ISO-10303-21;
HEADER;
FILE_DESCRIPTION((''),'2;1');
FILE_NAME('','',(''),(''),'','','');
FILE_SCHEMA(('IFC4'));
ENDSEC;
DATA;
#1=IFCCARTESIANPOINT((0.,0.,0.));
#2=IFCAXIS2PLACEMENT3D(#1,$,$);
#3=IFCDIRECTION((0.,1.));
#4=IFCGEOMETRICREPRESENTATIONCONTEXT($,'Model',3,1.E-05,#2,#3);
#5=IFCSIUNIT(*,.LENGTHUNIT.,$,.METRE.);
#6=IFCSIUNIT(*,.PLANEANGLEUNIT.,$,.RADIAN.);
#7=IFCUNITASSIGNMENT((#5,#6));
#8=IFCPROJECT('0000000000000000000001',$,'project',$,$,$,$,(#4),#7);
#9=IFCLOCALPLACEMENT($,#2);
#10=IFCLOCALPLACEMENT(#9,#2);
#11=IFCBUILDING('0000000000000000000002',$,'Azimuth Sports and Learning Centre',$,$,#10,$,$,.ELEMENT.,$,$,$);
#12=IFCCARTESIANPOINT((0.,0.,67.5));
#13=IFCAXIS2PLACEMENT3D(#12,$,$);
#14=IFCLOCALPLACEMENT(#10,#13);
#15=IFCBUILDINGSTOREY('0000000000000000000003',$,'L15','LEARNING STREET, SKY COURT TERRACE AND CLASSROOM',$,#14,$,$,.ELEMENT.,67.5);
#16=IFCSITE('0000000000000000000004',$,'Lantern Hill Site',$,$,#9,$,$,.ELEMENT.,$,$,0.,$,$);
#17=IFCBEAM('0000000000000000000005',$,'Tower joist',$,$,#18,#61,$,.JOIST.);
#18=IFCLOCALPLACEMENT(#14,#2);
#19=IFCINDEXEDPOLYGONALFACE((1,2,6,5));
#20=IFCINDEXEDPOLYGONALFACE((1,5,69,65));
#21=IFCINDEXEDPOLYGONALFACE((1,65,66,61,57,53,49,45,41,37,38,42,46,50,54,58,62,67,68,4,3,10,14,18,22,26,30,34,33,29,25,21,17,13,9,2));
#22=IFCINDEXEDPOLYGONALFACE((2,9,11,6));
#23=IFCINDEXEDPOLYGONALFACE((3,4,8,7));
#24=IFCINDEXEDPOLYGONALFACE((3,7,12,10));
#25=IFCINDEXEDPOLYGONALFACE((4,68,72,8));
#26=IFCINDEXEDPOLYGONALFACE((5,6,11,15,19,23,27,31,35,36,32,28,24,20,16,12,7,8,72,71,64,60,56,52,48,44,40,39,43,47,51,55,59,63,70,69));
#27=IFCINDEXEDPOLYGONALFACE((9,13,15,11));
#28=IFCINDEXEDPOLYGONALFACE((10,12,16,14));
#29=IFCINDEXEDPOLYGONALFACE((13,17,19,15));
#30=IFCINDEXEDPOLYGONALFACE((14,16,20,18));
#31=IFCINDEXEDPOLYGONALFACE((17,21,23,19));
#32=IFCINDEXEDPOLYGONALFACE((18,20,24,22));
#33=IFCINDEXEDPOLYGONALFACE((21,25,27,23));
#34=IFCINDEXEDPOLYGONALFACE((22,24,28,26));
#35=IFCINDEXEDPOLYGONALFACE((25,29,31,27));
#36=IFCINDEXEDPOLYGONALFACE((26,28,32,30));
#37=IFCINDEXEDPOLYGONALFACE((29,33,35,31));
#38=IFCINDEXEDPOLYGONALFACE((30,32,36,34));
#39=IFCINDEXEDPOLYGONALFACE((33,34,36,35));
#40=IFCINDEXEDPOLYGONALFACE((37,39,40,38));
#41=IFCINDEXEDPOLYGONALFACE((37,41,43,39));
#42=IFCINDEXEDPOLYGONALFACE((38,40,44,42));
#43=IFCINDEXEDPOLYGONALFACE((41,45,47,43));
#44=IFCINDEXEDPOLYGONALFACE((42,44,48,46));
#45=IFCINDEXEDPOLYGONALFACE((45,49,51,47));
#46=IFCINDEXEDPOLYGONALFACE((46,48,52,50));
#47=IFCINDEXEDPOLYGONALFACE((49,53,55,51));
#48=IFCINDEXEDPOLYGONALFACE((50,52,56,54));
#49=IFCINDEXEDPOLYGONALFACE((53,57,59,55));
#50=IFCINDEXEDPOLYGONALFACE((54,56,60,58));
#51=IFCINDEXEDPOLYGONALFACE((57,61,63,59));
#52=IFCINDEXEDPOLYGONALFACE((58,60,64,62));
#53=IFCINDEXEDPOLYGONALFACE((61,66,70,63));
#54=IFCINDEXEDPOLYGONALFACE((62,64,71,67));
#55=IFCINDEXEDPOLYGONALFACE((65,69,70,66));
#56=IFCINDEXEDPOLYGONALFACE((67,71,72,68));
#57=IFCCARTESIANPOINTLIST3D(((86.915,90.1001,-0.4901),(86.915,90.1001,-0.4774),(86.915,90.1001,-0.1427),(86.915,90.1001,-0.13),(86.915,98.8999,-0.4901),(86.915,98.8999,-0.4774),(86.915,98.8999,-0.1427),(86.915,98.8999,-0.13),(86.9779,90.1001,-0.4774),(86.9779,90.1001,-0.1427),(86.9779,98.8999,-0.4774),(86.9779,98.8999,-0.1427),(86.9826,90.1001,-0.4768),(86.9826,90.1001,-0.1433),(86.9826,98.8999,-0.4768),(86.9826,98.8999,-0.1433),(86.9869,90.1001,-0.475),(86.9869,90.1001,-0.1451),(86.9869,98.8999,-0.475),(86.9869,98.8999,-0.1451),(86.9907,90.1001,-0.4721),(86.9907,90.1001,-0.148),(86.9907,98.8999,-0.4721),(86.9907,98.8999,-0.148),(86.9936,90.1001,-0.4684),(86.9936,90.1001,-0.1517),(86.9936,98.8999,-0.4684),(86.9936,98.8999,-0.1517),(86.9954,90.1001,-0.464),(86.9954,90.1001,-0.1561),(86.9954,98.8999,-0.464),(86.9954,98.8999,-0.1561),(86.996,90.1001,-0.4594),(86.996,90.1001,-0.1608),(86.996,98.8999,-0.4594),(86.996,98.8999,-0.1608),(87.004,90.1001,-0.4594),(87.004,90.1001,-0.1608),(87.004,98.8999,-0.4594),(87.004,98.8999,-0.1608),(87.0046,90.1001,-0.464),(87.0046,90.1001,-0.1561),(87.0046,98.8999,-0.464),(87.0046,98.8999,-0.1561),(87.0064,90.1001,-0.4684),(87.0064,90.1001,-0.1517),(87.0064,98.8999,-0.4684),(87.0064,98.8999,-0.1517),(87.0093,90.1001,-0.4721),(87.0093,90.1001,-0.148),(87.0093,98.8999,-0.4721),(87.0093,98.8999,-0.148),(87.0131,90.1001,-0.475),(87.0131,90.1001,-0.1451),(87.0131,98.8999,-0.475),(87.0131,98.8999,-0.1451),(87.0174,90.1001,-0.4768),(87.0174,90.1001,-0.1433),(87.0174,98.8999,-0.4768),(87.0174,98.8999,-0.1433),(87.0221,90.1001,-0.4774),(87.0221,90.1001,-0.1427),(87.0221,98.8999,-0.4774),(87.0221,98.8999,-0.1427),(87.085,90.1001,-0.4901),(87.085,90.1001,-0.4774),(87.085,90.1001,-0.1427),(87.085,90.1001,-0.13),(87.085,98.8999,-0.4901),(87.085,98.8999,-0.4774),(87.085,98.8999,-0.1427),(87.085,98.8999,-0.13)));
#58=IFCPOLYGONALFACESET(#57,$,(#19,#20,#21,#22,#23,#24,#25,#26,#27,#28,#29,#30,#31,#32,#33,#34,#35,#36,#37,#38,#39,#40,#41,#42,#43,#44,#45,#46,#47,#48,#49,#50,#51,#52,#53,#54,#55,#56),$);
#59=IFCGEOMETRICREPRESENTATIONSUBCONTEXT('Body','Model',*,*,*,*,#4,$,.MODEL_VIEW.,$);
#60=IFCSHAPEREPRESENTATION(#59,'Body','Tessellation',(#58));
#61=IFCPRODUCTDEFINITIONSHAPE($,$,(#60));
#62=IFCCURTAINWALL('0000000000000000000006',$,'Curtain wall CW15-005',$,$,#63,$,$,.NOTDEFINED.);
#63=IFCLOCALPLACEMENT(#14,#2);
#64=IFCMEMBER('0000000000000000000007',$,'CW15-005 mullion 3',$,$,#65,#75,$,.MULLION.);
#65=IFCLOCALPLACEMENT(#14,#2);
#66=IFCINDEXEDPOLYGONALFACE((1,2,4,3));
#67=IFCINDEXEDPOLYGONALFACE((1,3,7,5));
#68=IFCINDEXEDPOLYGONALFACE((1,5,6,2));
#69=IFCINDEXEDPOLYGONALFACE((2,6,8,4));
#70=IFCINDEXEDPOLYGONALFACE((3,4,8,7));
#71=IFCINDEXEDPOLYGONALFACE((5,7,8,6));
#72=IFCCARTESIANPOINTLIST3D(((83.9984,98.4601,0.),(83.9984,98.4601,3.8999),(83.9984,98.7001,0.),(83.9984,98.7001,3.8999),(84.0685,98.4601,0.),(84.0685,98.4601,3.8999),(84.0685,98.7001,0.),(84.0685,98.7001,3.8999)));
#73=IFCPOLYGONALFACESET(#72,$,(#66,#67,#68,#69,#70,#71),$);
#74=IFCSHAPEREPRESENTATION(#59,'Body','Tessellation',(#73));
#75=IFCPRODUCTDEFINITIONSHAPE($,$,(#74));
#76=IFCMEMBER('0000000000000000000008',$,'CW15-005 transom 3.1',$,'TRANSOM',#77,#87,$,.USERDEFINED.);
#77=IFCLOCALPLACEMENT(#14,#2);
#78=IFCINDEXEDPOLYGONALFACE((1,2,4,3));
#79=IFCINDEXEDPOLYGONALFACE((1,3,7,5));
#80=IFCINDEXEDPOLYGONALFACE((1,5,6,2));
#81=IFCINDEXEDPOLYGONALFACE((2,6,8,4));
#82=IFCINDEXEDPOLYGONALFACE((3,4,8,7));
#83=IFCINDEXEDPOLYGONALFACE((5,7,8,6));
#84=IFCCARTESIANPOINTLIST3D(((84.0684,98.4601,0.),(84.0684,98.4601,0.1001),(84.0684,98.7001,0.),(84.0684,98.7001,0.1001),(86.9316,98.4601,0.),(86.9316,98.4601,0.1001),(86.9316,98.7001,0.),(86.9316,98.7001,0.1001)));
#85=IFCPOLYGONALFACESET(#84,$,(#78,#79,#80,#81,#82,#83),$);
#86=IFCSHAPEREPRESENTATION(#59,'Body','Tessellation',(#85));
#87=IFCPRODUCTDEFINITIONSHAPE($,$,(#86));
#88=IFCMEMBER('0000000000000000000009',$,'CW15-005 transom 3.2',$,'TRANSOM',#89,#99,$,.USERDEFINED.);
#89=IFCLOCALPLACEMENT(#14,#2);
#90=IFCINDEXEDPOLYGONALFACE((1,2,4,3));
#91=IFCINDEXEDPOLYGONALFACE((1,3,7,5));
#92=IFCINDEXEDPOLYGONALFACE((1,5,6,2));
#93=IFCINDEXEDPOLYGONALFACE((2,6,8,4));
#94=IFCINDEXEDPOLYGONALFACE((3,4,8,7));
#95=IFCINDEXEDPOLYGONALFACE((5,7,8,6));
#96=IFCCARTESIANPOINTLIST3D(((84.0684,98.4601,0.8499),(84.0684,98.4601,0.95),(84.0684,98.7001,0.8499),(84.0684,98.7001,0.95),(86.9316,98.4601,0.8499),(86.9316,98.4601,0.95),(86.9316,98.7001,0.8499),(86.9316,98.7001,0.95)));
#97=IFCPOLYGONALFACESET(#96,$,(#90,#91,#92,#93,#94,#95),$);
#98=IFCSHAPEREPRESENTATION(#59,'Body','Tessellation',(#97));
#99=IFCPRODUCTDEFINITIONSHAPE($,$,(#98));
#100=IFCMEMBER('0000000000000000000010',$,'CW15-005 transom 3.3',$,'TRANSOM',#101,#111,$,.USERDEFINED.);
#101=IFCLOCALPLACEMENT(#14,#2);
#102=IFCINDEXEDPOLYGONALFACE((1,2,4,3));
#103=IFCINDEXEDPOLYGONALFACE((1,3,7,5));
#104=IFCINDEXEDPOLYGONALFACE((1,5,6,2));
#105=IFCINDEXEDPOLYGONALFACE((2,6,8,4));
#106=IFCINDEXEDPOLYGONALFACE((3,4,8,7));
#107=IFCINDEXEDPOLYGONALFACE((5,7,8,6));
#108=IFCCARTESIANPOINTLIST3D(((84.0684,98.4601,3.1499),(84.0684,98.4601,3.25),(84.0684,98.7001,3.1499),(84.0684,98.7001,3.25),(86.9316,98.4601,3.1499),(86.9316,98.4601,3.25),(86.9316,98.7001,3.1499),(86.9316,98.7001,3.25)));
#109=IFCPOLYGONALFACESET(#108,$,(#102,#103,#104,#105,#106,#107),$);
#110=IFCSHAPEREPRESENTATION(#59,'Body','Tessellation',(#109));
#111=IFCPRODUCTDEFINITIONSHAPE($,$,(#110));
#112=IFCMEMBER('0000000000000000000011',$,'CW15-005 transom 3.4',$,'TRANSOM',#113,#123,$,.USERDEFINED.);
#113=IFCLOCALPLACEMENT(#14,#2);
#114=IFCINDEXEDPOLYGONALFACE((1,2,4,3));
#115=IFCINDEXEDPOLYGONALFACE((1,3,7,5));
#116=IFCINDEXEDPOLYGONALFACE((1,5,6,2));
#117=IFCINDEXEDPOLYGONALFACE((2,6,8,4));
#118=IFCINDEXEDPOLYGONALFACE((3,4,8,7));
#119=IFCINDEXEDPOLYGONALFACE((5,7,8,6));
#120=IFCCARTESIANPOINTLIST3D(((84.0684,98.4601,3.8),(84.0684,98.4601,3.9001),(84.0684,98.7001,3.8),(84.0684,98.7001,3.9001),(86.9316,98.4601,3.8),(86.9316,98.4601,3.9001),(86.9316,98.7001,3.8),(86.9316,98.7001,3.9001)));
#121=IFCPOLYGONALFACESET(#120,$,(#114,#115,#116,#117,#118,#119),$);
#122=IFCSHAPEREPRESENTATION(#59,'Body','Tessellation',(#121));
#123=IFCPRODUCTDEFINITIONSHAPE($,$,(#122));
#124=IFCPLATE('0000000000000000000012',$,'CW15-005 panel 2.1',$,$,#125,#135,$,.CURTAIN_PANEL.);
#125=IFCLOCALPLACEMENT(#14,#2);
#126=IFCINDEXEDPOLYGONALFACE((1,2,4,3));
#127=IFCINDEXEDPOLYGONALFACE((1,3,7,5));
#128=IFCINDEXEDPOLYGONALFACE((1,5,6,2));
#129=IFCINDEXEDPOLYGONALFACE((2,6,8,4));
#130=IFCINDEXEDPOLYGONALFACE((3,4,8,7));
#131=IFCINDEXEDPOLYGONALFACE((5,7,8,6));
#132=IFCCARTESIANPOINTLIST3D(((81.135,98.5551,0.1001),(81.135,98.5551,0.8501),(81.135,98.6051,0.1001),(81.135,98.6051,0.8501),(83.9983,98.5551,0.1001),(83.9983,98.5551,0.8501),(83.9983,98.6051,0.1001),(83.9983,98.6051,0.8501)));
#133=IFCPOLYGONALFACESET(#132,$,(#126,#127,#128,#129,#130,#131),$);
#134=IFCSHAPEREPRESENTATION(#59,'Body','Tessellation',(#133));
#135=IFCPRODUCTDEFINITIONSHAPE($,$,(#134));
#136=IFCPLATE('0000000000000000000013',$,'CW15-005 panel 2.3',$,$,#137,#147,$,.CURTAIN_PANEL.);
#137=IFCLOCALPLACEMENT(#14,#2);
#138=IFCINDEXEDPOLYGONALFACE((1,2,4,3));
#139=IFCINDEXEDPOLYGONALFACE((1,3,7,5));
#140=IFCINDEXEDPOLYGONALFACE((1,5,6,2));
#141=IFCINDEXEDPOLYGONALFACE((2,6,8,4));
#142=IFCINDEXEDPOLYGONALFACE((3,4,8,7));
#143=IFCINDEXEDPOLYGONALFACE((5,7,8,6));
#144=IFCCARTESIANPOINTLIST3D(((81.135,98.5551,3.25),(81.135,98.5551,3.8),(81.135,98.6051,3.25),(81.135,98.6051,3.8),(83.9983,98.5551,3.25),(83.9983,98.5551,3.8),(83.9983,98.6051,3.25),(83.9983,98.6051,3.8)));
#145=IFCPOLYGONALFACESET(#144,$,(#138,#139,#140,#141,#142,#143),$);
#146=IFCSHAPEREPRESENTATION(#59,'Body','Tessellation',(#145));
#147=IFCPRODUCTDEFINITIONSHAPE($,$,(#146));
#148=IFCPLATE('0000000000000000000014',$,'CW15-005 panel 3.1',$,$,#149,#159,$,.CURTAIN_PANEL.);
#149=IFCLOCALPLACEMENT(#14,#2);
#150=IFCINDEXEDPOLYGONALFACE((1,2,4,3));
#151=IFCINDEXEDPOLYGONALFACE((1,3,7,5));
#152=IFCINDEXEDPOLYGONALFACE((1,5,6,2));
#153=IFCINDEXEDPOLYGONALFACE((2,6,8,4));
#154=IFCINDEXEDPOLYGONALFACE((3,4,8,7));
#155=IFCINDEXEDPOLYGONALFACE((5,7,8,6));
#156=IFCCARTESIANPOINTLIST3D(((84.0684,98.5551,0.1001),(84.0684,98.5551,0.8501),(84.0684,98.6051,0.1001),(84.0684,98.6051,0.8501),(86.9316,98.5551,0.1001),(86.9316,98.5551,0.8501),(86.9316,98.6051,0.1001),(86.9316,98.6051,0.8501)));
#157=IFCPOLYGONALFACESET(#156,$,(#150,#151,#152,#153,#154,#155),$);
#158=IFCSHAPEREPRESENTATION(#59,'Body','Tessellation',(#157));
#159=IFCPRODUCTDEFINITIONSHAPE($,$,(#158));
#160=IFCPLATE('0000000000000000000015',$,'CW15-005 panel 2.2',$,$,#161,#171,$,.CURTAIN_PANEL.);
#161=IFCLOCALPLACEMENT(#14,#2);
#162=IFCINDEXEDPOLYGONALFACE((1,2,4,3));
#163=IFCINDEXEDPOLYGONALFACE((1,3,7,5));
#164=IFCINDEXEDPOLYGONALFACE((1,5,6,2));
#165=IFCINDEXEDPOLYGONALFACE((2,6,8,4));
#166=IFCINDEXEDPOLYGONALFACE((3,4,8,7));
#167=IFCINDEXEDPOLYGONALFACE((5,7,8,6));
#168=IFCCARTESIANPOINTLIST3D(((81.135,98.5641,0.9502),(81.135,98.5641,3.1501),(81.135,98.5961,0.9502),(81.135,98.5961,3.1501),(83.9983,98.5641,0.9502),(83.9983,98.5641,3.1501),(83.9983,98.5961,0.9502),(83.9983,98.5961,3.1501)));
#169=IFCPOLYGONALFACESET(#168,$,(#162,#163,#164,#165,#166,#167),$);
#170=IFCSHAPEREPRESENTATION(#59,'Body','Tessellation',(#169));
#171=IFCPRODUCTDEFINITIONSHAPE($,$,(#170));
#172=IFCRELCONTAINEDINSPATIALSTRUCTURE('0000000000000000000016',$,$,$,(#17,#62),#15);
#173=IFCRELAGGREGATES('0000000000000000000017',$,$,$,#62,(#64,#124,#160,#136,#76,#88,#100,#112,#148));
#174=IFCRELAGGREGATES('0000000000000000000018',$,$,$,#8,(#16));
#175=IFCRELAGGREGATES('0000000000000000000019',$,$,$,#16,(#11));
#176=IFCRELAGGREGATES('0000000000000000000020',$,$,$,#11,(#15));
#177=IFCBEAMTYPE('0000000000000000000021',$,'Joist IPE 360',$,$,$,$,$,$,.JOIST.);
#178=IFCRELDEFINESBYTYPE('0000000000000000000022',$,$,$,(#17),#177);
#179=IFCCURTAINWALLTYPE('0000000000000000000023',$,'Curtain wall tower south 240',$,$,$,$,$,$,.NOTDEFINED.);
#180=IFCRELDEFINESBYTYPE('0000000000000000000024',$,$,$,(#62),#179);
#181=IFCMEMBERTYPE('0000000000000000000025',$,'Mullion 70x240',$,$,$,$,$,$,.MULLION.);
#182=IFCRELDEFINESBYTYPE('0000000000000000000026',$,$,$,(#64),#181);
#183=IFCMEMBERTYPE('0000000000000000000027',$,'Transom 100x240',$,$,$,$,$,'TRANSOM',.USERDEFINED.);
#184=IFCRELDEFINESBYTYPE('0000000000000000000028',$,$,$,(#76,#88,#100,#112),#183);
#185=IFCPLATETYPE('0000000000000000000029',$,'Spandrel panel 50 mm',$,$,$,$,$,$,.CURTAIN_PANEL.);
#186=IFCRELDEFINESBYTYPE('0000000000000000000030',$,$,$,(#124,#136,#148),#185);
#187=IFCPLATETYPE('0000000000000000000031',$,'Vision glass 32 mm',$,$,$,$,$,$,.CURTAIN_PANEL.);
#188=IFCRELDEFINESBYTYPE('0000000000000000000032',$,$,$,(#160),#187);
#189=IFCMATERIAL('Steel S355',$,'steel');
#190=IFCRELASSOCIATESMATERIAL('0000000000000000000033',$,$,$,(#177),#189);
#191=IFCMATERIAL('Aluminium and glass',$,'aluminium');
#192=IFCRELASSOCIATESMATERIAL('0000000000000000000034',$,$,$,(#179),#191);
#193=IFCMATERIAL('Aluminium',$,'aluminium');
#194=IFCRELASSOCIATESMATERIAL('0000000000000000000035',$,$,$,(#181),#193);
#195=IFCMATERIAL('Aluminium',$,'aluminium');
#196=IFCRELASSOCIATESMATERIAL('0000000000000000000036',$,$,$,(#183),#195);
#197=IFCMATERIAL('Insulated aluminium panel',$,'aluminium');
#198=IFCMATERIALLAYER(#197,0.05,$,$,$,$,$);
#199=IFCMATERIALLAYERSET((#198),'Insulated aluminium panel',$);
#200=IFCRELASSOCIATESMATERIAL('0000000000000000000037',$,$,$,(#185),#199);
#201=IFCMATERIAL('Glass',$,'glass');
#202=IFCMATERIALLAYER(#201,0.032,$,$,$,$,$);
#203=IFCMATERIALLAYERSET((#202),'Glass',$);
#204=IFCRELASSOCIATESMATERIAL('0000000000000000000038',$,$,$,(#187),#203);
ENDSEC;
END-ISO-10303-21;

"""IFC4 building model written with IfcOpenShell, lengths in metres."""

from ifc_helpers import new_model, si_unit, direction, frame, origin, origin_2d, place, context, subcontext, project, spatial, rectangle, i_section, extrude, material, layer, layer_set, material_profile, profile_set, type_object, element, aggregate, save


model = new_model("IFC4")

# Units and contexts
model_context = context("Model", 3, precision=1e-05, world=origin(), true_north=direction((0.0, 1.0)))
body_context = subcontext(model_context, "Body", "Model", "MODEL_VIEW")
ifc_project = project(units=[si_unit("LENGTHUNIT", "METRE"), si_unit("PLANEANGLEUNIT", "RADIAN")], contexts=[model_context])

# Site, building, storey
site_placement = place(None, origin())
site = spatial("IfcSite", under=ifc_project, at=site_placement, Name="Lantern Hill Site", CompositionType="ELEMENT", RefElevation=0.0)
building_placement = place(site_placement, origin())
building = spatial("IfcBuilding", under=site, at=building_placement, Name="Azimuth Sports and Learning Centre", CompositionType="ELEMENT")
storey_placement = place(building_placement, frame((0.0, 0.0, 67.5)))
storey = spatial("IfcBuildingStorey", under=building, at=storey_placement, Name="L15", Description="LEARNING STREET, SKY COURT TERRACE AND CLASSROOM", CompositionType="ELEMENT", Elevation=67.5)

# Beam
ifc_material_1 = material(Name="Steel S355", Category="steel")
ifc_material_profile_1 = material_profile(ifc_material_1, i_section(OverallWidth=0.1699, OverallDepth=0.3601, WebThickness=0.0081, FlangeThickness=0.0127, FilletRadius=0.0181, at=origin_2d()), Name="IPE 360")
ifc_profile_set_1 = profile_set([ifc_material_profile_1], Name="Steel S355")
beam_type_1 = type_object("IfcBeamType", Name="Joist IPE 360", PredefinedType="JOIST", material=ifc_profile_set_1)
for number, where, z_axis, x_axis, name in (
    (1, (87.0, 90.1001, -0.3101), (0.0, 1.0, 0.0), (-1.0, 0.0, 0.0), "Tower joist"),
):
    element("IfcBeam", number, at=place(storey_placement, frame(where, z_axis=z_axis, x_axis=x_axis)), inside=storey, type_object=beam_type_1, Name=name, PredefinedType="JOIST", context=body_context, shape_type="SweptSolid", body=[
        extrude(i_section(OverallWidth=0.1699, OverallDepth=0.3601, WebThickness=0.0081, FlangeThickness=0.0127, FilletRadius=0.0181, at=origin_2d()), origin(), (0.0, 0.0, 1.0), 8.7998),
    ])

# Curtain wall, members, plates
ifc_material_2 = material(Name="Aluminium and glass", Category="aluminium")
curtain_wall_type = type_object("IfcCurtainWallType", Name="Curtain wall tower south 240", PredefinedType="NOTDEFINED", material=ifc_material_2)
curtain_wall_placement = place(storey_placement, origin())
curtain_wall = element("IfcCurtainWall", 2, at=curtain_wall_placement, inside=storey, type_object=curtain_wall_type, Name="Curtain wall CW15-005", PredefinedType="NOTDEFINED")
ifc_material_3 = material(Name="Aluminium", Category="aluminium")
ifc_material_profile_2 = material_profile(ifc_material_3, rectangle(XDim=0.24, YDim=0.0701, at=origin_2d()), Name="Mullion 70x240")
ifc_profile_set_2 = profile_set([ifc_material_profile_2], Name="Aluminium")
member_type_1 = type_object("IfcMemberType", Name="Mullion 70x240", PredefinedType="MULLION", material=ifc_profile_set_2)
member_1_placement = place(storey_placement, frame((84.0334, 98.5801, 0.0), z_axis=(0.0, 0.0, 1.0), x_axis=(0.0, 1.0, 0.0)))
member_1 = element("IfcMember", 3, at=member_1_placement, type_object=member_type_1, Name="CW15-005 mullion 3", PredefinedType="MULLION", context=body_context, shape_type="SweptSolid", body=[
    extrude(rectangle(XDim=0.24, YDim=0.0701, at=origin_2d()), origin(), (0.0, 0.0, 1.0), 3.8999),
])
ifc_material_4 = material(Name="Aluminium", Category="aluminium")
ifc_material_profile_3 = material_profile(ifc_material_4, rectangle(XDim=0.24, YDim=0.1001, at=origin_2d()), Name="Transom 100x240")
ifc_profile_set_3 = profile_set([ifc_material_profile_3], Name="Aluminium")
member_type_2 = type_object("IfcMemberType", Name="Transom 100x240", ElementType="TRANSOM", PredefinedType="USERDEFINED", material=ifc_profile_set_3)
member_2_placement = place(storey_placement, frame((84.0684, 98.5801, 0.05), z_axis=(1.0, 0.0, 0.0), x_axis=(0.0, 1.0, 0.0)))
member_2 = element("IfcMember", 4, at=member_2_placement, type_object=member_type_2, Name="CW15-005 transom 3.1", ObjectType="TRANSOM", PredefinedType="USERDEFINED", context=body_context, shape_type="SweptSolid", body=[
    extrude(rectangle(XDim=0.24, YDim=0.1001, at=origin_2d()), origin(), (0.0, 0.0, 1.0), 2.8633),
])
member_3_placement = place(storey_placement, frame((84.0684, 98.5801, 0.8999), z_axis=(1.0, 0.0, 0.0), x_axis=(0.0, 1.0, 0.0)))
member_3 = element("IfcMember", 5, at=member_3_placement, type_object=member_type_2, Name="CW15-005 transom 3.2", ObjectType="TRANSOM", PredefinedType="USERDEFINED", context=body_context, shape_type="SweptSolid", body=[
    extrude(rectangle(XDim=0.24, YDim=0.1001, at=origin_2d()), origin(), (0.0, 0.0, 1.0), 2.8633),
])
member_4_placement = place(storey_placement, frame((84.0684, 98.5801, 3.2), z_axis=(1.0, 0.0, 0.0), x_axis=(0.0, 1.0, 0.0)))
member_4 = element("IfcMember", 6, at=member_4_placement, type_object=member_type_2, Name="CW15-005 transom 3.3", ObjectType="TRANSOM", PredefinedType="USERDEFINED", context=body_context, shape_type="SweptSolid", body=[
    extrude(rectangle(XDim=0.24, YDim=0.1001, at=origin_2d()), origin(), (0.0, 0.0, 1.0), 2.8633),
])
member_5_placement = place(storey_placement, frame((84.0684, 98.5801, 3.8501), z_axis=(1.0, 0.0, 0.0), x_axis=(0.0, 1.0, 0.0)))
member_5 = element("IfcMember", 7, at=member_5_placement, type_object=member_type_2, Name="CW15-005 transom 3.4", ObjectType="TRANSOM", PredefinedType="USERDEFINED", context=body_context, shape_type="SweptSolid", body=[
    extrude(rectangle(XDim=0.24, YDim=0.1001, at=origin_2d()), origin(), (0.0, 0.0, 1.0), 2.8633),
])
ifc_material_5 = material(Name="Insulated aluminium panel", Category="aluminium")
ifc_layer_1 = layer(ifc_material_5, 0.05)
ifc_layer_set_1 = layer_set([ifc_layer_1], Name="Insulated aluminium panel")
plate_type_1 = type_object("IfcPlateType", Name="Spandrel panel 50 mm", PredefinedType="CURTAIN_PANEL", material=ifc_layer_set_1)
plate_1_placement = place(storey_placement, frame((82.5667, 98.5801, 0.1001), z_axis=(0.0, 0.0, 1.0), x_axis=(1.0, 0.0, 0.0)))
plate_1 = element("IfcPlate", 8, at=plate_1_placement, type_object=plate_type_1, Name="CW15-005 panel 2.1", PredefinedType="CURTAIN_PANEL", context=body_context, shape_type="SweptSolid", body=[
    extrude(rectangle(XDim=2.8633, YDim=0.05, at=origin_2d()), origin(), (0.0, 0.0, 1.0), 0.75),
])
plate_2_placement = place(storey_placement, frame((82.5667, 98.5801, 3.25), z_axis=(0.0, 0.0, 1.0), x_axis=(1.0, 0.0, 0.0)))
plate_2 = element("IfcPlate", 9, at=plate_2_placement, type_object=plate_type_1, Name="CW15-005 panel 2.3", PredefinedType="CURTAIN_PANEL", context=body_context, shape_type="SweptSolid", body=[
    extrude(rectangle(XDim=2.8633, YDim=0.05, at=origin_2d()), origin(), (0.0, 0.0, 1.0), 0.55),
])
plate_3_placement = place(storey_placement, frame((85.5, 98.5801, 0.1001), z_axis=(0.0, 0.0, 1.0), x_axis=(1.0, 0.0, 0.0)))
plate_3 = element("IfcPlate", 10, at=plate_3_placement, type_object=plate_type_1, Name="CW15-005 panel 3.1", PredefinedType="CURTAIN_PANEL", context=body_context, shape_type="SweptSolid", body=[
    extrude(rectangle(XDim=2.8633, YDim=0.05, at=origin_2d()), origin(), (0.0, 0.0, 1.0), 0.75),
])
ifc_material_6 = material(Name="Glass", Category="glass")
ifc_layer_2 = layer(ifc_material_6, 0.032)
ifc_layer_set_2 = layer_set([ifc_layer_2], Name="Glass")
plate_type_2 = type_object("IfcPlateType", Name="Vision glass 32 mm", PredefinedType="CURTAIN_PANEL", material=ifc_layer_set_2)
plate_4_placement = place(storey_placement, frame((82.5667, 98.5801, 0.9502), z_axis=(0.0, 0.0, 1.0), x_axis=(1.0, 0.0, 0.0)))
plate_4 = element("IfcPlate", 11, at=plate_4_placement, type_object=plate_type_2, Name="CW15-005 panel 2.2", PredefinedType="CURTAIN_PANEL", context=body_context, shape_type="SweptSolid", body=[
    extrude(rectangle(XDim=2.8633, YDim=0.032, at=origin_2d()), origin(), (0.0, 0.0, 1.0), 2.2),
])
aggregate(curtain_wall, [member_1, plate_1, plate_4, plate_2, member_2, member_3, member_4, member_5, plate_3])

save(model, "model.ifc")
